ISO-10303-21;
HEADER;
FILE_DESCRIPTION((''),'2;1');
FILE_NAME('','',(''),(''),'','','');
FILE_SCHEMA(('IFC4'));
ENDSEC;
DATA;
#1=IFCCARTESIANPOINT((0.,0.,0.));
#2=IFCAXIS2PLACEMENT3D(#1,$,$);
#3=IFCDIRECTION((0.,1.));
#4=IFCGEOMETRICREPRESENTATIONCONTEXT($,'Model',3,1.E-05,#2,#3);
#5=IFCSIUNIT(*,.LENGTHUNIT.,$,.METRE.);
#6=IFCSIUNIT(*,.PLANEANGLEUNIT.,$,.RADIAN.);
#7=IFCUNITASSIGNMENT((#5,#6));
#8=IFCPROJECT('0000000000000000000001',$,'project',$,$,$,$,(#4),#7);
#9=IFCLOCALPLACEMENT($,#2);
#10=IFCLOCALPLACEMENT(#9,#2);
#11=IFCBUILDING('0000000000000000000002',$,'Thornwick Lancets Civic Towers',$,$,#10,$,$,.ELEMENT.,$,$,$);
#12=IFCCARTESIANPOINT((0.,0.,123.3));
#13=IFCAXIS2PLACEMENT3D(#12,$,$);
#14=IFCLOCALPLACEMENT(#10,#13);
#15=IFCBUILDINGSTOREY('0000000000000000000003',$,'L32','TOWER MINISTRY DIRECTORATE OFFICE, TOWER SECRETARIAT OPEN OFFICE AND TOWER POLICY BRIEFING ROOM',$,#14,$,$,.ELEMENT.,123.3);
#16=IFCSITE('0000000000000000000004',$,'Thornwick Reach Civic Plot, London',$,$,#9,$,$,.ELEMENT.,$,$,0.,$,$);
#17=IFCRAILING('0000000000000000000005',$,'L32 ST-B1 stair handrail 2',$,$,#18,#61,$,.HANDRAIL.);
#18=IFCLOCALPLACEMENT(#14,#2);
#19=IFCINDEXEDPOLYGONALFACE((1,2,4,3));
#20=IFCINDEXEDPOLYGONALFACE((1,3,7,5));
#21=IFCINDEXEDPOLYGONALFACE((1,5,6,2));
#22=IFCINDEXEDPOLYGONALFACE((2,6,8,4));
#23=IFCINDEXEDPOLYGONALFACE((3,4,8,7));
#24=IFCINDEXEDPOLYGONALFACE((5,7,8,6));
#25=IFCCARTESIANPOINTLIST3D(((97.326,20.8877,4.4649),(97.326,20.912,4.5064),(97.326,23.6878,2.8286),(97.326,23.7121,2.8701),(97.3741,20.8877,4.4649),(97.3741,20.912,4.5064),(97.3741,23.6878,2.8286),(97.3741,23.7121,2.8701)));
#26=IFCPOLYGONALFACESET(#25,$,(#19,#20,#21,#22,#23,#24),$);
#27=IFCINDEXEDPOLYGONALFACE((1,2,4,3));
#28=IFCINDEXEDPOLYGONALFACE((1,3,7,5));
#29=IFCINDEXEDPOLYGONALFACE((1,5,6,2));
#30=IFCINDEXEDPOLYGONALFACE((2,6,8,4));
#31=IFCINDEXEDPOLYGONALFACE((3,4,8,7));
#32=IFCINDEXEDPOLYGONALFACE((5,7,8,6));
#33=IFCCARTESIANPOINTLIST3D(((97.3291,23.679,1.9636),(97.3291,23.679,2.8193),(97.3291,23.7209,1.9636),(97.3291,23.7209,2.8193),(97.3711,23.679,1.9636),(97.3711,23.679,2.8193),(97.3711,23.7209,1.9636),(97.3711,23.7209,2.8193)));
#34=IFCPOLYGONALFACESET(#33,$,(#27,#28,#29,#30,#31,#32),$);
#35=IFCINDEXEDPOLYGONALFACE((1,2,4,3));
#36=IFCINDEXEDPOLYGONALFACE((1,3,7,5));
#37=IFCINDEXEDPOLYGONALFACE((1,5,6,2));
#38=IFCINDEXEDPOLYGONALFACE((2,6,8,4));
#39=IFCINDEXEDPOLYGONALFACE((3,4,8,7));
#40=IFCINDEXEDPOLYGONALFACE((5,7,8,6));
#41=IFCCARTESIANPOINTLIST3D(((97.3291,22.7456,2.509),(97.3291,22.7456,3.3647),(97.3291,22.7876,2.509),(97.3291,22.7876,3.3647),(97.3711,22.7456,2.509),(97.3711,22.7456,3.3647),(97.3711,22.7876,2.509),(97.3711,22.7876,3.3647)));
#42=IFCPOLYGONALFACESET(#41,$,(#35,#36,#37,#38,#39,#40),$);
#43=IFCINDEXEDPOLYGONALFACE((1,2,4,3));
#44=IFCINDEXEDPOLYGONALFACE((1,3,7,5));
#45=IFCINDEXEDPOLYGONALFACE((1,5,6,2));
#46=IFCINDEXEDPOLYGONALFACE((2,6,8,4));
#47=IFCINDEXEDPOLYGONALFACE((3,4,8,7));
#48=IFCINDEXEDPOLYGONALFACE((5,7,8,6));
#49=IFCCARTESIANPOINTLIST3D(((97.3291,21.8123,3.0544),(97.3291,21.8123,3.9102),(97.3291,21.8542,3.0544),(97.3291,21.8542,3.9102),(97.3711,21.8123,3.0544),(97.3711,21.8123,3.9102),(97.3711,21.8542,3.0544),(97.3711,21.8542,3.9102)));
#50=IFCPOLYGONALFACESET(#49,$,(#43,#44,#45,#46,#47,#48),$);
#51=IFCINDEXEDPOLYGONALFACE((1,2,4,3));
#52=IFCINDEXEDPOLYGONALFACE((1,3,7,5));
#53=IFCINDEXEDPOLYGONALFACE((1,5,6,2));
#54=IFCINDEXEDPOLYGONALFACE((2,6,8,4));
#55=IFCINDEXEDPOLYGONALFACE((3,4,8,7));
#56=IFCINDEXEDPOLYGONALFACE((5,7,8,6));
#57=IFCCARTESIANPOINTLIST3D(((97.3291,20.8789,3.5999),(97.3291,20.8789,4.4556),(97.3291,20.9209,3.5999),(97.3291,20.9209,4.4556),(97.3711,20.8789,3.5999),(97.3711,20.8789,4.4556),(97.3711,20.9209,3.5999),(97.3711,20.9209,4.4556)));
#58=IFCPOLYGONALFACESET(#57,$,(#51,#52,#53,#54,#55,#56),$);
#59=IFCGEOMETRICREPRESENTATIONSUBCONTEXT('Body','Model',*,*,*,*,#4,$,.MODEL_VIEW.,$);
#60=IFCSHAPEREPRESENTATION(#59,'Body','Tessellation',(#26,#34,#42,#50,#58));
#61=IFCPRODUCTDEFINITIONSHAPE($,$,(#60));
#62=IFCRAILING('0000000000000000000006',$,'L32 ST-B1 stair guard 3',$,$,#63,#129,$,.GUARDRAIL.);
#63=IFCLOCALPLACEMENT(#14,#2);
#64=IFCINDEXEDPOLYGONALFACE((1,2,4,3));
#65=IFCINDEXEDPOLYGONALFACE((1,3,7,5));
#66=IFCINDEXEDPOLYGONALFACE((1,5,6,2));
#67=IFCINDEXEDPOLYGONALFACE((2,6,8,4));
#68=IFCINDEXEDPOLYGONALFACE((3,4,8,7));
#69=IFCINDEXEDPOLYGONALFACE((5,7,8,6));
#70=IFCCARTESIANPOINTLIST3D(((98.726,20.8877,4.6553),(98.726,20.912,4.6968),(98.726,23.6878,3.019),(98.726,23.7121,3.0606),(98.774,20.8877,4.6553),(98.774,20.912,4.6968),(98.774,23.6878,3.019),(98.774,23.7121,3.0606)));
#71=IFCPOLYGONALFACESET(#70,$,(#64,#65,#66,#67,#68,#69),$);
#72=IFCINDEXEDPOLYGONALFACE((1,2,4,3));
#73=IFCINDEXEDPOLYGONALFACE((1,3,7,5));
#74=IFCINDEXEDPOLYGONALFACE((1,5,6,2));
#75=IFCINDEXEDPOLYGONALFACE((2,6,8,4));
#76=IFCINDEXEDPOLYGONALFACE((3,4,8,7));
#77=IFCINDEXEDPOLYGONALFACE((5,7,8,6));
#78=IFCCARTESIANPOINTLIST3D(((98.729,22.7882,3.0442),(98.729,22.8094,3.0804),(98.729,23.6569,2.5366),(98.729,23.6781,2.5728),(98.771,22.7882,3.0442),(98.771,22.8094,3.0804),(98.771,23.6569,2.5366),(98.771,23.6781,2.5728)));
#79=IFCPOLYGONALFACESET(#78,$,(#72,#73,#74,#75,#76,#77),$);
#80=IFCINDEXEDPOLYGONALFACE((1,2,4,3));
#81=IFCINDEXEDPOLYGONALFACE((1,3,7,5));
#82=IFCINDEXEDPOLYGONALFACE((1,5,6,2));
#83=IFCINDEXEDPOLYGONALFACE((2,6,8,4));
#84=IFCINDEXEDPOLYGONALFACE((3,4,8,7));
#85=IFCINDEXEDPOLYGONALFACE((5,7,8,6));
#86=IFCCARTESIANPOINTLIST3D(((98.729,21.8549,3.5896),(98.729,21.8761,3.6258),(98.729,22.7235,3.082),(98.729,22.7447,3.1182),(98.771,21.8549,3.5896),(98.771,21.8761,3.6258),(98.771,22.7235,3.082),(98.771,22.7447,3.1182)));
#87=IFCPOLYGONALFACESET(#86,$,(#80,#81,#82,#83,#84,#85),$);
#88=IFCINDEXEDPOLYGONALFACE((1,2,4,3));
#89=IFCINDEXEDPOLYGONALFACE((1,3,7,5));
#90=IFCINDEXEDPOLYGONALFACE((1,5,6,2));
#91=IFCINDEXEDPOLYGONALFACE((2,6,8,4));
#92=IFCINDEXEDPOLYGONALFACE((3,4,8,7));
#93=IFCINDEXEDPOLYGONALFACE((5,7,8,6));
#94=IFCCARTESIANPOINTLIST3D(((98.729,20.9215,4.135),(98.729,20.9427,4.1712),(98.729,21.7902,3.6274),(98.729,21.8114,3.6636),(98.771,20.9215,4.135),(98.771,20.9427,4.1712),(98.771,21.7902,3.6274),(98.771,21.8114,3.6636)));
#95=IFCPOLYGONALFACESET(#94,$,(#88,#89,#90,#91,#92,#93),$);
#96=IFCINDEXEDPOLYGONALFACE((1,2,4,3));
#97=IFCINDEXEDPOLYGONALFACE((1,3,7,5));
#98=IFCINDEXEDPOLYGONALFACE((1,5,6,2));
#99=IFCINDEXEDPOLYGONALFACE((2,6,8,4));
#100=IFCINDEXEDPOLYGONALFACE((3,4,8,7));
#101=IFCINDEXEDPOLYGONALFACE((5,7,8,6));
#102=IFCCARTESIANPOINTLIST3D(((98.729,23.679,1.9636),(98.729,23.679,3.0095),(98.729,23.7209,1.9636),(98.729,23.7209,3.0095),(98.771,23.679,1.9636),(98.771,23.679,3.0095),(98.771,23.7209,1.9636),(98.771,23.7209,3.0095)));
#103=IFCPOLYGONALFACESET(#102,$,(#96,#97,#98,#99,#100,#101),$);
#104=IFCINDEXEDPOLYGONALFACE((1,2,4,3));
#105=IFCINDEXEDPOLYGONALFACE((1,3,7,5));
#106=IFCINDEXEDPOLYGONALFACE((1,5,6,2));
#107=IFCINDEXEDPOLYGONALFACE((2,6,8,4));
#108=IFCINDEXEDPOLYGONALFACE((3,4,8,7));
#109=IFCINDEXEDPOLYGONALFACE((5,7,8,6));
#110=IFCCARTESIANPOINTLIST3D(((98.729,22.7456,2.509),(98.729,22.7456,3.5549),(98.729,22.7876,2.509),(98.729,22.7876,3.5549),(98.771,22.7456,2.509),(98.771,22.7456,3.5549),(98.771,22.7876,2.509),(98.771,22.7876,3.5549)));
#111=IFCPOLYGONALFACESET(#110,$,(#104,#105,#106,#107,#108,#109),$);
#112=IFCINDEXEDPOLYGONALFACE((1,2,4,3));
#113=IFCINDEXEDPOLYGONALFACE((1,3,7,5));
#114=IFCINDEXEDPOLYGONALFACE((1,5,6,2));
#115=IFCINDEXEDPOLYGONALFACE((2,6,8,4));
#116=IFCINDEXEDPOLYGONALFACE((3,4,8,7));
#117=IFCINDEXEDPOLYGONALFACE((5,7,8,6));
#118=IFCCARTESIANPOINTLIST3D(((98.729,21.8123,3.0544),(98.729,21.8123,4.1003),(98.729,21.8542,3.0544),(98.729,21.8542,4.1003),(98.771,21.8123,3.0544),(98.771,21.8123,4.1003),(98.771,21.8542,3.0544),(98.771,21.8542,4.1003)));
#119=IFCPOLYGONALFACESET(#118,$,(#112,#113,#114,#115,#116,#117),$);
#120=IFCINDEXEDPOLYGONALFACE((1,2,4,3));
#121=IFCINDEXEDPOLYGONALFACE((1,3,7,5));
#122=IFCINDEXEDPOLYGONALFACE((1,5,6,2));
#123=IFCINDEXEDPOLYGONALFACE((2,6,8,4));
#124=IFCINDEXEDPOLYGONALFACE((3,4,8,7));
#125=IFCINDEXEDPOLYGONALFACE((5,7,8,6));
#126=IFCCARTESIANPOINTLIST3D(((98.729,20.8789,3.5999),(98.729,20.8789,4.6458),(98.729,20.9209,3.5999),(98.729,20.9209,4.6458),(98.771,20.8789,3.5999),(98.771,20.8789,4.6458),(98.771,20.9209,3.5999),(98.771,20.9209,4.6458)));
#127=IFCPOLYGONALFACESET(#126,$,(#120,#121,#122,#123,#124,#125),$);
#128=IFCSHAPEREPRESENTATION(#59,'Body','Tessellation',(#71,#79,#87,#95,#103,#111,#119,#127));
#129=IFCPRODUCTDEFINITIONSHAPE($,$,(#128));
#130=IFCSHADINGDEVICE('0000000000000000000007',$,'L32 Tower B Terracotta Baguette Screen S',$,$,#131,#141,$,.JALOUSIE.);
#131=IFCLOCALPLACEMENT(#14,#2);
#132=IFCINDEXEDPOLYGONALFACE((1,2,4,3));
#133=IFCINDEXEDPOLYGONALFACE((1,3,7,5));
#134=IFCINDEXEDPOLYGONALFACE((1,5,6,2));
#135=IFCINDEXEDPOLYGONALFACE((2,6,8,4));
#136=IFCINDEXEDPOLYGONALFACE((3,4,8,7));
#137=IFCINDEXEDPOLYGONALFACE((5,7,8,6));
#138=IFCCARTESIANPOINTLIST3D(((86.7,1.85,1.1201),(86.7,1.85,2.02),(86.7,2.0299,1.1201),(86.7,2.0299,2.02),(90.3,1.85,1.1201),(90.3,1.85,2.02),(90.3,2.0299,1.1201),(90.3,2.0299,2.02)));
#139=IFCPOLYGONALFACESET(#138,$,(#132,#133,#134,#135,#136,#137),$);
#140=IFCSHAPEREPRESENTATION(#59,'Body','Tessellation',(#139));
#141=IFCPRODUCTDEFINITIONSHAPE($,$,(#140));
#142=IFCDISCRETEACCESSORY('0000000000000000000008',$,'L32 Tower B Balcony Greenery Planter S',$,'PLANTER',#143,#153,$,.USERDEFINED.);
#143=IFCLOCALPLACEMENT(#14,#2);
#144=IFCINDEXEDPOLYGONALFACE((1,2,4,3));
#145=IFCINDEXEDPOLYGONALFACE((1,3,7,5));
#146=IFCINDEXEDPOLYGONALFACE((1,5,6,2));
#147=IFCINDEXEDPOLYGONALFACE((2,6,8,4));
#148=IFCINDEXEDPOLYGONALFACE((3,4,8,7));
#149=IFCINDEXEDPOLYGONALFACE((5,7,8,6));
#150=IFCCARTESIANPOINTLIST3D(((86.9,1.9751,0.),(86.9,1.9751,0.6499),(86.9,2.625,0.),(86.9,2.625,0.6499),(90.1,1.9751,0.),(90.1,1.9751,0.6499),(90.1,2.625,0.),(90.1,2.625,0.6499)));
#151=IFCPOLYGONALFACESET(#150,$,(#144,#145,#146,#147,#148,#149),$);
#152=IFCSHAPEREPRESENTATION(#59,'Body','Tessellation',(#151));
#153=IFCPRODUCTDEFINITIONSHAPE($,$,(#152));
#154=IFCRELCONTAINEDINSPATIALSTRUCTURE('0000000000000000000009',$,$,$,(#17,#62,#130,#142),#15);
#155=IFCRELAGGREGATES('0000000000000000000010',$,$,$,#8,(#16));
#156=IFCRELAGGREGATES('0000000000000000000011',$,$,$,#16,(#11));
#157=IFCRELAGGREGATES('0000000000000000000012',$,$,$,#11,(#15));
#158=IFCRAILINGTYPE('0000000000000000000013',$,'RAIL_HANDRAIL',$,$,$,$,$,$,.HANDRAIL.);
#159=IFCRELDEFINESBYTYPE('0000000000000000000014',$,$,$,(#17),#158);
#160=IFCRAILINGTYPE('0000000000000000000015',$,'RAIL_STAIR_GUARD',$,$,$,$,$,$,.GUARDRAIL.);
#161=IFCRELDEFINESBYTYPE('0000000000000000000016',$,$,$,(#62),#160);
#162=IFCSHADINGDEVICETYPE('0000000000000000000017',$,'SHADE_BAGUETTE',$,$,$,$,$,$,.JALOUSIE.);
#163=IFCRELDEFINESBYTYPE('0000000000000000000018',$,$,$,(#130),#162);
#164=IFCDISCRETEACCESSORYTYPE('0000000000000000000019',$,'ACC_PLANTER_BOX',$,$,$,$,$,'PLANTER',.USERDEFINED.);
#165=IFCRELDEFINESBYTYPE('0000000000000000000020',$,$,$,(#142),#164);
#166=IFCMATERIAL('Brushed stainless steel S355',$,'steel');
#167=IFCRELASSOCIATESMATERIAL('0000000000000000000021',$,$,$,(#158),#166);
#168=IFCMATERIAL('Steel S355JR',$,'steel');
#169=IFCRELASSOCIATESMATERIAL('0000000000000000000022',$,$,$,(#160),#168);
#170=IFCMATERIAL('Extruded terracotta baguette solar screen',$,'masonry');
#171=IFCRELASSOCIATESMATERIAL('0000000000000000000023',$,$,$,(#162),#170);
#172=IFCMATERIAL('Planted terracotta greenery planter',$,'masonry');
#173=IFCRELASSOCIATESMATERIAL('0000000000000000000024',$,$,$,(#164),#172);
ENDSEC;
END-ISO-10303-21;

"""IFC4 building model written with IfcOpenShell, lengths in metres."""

from ifc_helpers import new_model, si_unit, direction, frame, origin, origin_2d, place, context, subcontext, project, spatial, rectangle, extrude, material, type_object, element, save


model = new_model("IFC4")

# Units and contexts
model_context = context("Model", 3, precision=1e-05, world=origin(), true_north=direction((0.0, 1.0)))
body_context = subcontext(model_context, "Body", "Model", "MODEL_VIEW")
ifc_project = project(units=[si_unit("LENGTHUNIT", "METRE"), si_unit("PLANEANGLEUNIT", "RADIAN")], contexts=[model_context])

# Site, building, storey
site_placement = place(None, origin())
site = spatial("IfcSite", under=ifc_project, at=site_placement, Name="Thornwick Reach Civic Plot, London", CompositionType="ELEMENT", RefElevation=0.0)
building_placement = place(site_placement, origin())
building = spatial("IfcBuilding", under=site, at=building_placement, Name="Thornwick Lancets Civic Towers", CompositionType="ELEMENT")
storey_placement = place(building_placement, frame((0.0, 0.0, 123.3)))
storey = spatial("IfcBuildingStorey", under=building, at=storey_placement, Name="L32", Description="TOWER MINISTRY DIRECTORATE OFFICE, TOWER SECRETARIAT OPEN OFFICE AND TOWER POLICY BRIEFING ROOM", CompositionType="ELEMENT", Elevation=123.3)

# Shared definitions
ifc_material_1 = material(Name="Steel S355JR", Category="steel")

# Railings
ifc_material_2 = material(Name="Brushed stainless steel S355", Category="steel")
railing_type_1 = type_object("IfcRailingType", Name="RAIL_HANDRAIL", PredefinedType="HANDRAIL", material=ifc_material_2)
railing_1_placement = place(storey_placement, frame((97.3501, 23.7, 1.9636)))
element("IfcRailing", 1, at=railing_1_placement, inside=storey, type_object=railing_type_1, Name="L32 ST-B1 stair handrail 2", PredefinedType="HANDRAIL", context=body_context, shape_type="SweptSolid", body=[
    extrude(rectangle(XDim=0.0481, YDim=0.0481, at=origin_2d()), frame((0.0, 0.0, 0.8857), z_axis=(0.0, -0.863394, 0.504531), x_axis=(1.0, 0.0, 0.0)), (0.0, 0.0, 1.0), 3.2432),
    extrude(rectangle(XDim=0.042, YDim=0.042, at=origin_2d()), origin(), (0.0, 0.0, 1.0), 0.8557),
    extrude(rectangle(XDim=0.042, YDim=0.042, at=origin_2d()), frame((0.0, -0.9333, 0.5454)), (0.0, 0.0, 1.0), 0.8557),
    extrude(rectangle(XDim=0.042, YDim=0.042, at=origin_2d()), frame((0.0, -1.8667, 1.0908)), (0.0, 0.0, 1.0), 0.8557),
    extrude(rectangle(XDim=0.042, YDim=0.042, at=origin_2d()), frame((0.0, -2.8, 1.6362)), (0.0, 0.0, 1.0), 0.8557),
])
railing_type_2 = type_object("IfcRailingType", Name="RAIL_STAIR_GUARD", PredefinedType="GUARDRAIL", material=ifc_material_1)
railing_2_placement = place(storey_placement, frame((98.75, 23.7, 1.9636)))
element("IfcRailing", 2, at=railing_2_placement, inside=storey, type_object=railing_type_2, Name="L32 ST-B1 stair guard 3", PredefinedType="GUARDRAIL", context=body_context, shape_type="SweptSolid", body=[
    extrude(rectangle(XDim=0.0481, YDim=0.0481, at=origin_2d()), frame((0.0, 0.0, 1.0762), z_axis=(0.0, -0.863394, 0.504531), x_axis=(1.0, 0.0, 0.0)), (0.0, 0.0, 1.0), 3.2432),
    extrude(rectangle(XDim=0.042, YDim=0.042, at=origin_2d()), frame((0.0, -0.0325, 0.5911), z_axis=(0.0, -0.863394, 0.504531), x_axis=(1.0, 0.0, 0.0)), (0.0, 0.0, 1.0), 1.0061),
    extrude(rectangle(XDim=0.042, YDim=0.042, at=origin_2d()), frame((0.0, -0.9658, 1.1365), z_axis=(0.0, -0.863394, 0.504531), x_axis=(1.0, 0.0, 0.0)), (0.0, 0.0, 1.0), 1.0061),
    extrude(rectangle(XDim=0.042, YDim=0.042, at=origin_2d()), frame((0.0, -1.8992, 1.6819), z_axis=(0.0, -0.863394, 0.504531), x_axis=(1.0, 0.0, 0.0)), (0.0, 0.0, 1.0), 1.0061),
    extrude(rectangle(XDim=0.042, YDim=0.042, at=origin_2d()), origin(), (0.0, 0.0, 1.0), 1.0459),
    extrude(rectangle(XDim=0.042, YDim=0.042, at=origin_2d()), frame((0.0, -0.9333, 0.5454)), (0.0, 0.0, 1.0), 1.0459),
    extrude(rectangle(XDim=0.042, YDim=0.042, at=origin_2d()), frame((0.0, -1.8667, 1.0908)), (0.0, 0.0, 1.0), 1.0459),
    extrude(rectangle(XDim=0.042, YDim=0.042, at=origin_2d()), frame((0.0, -2.8, 1.6362)), (0.0, 0.0, 1.0), 1.0459),
])

# Shading device
ifc_material_3 = material(Name="Extruded terracotta baguette solar screen", Category="masonry")
shading_device_type = type_object("IfcShadingDeviceType", Name="SHADE_BAGUETTE", PredefinedType="JALOUSIE", material=ifc_material_3)
shading_device_placement = place(storey_placement, frame((88.5, 1.9399, 1.1201), z_axis=(0.0, 0.0, 1.0), x_axis=(1.0, 0.0, 0.0)))
element("IfcShadingDevice", 3, at=shading_device_placement, inside=storey, type_object=shading_device_type, Name="L32 Tower B Terracotta Baguette Screen S", PredefinedType="JALOUSIE", context=body_context, shape_type="SweptSolid", body=[
    extrude(rectangle(XDim=3.6001, YDim=0.1799, at=origin_2d()), origin(), (0.0, 0.0, 1.0), 0.8999),
])

# Discrete accessory
ifc_material_4 = material(Name="Planted terracotta greenery planter", Category="masonry")
discrete_accessory_type = type_object("IfcDiscreteAccessoryType", Name="ACC_PLANTER_BOX", ElementType="PLANTER", PredefinedType="USERDEFINED", material=ifc_material_4)
discrete_accessory_placement = place(storey_placement, frame((88.5, 2.3, 0.0), z_axis=(0.0, 0.0, 1.0), x_axis=(1.0, 0.0, 0.0)))
element("IfcDiscreteAccessory", 4, at=discrete_accessory_placement, inside=storey, type_object=discrete_accessory_type, Name="L32 Tower B Balcony Greenery Planter S", ObjectType="PLANTER", PredefinedType="USERDEFINED", context=body_context, shape_type="SweptSolid", body=[
    extrude(rectangle(XDim=3.2, YDim=0.6499, at=origin_2d()), origin(), (0.0, 0.0, 1.0), 0.6499),
])

save(model, "model.ifc")
